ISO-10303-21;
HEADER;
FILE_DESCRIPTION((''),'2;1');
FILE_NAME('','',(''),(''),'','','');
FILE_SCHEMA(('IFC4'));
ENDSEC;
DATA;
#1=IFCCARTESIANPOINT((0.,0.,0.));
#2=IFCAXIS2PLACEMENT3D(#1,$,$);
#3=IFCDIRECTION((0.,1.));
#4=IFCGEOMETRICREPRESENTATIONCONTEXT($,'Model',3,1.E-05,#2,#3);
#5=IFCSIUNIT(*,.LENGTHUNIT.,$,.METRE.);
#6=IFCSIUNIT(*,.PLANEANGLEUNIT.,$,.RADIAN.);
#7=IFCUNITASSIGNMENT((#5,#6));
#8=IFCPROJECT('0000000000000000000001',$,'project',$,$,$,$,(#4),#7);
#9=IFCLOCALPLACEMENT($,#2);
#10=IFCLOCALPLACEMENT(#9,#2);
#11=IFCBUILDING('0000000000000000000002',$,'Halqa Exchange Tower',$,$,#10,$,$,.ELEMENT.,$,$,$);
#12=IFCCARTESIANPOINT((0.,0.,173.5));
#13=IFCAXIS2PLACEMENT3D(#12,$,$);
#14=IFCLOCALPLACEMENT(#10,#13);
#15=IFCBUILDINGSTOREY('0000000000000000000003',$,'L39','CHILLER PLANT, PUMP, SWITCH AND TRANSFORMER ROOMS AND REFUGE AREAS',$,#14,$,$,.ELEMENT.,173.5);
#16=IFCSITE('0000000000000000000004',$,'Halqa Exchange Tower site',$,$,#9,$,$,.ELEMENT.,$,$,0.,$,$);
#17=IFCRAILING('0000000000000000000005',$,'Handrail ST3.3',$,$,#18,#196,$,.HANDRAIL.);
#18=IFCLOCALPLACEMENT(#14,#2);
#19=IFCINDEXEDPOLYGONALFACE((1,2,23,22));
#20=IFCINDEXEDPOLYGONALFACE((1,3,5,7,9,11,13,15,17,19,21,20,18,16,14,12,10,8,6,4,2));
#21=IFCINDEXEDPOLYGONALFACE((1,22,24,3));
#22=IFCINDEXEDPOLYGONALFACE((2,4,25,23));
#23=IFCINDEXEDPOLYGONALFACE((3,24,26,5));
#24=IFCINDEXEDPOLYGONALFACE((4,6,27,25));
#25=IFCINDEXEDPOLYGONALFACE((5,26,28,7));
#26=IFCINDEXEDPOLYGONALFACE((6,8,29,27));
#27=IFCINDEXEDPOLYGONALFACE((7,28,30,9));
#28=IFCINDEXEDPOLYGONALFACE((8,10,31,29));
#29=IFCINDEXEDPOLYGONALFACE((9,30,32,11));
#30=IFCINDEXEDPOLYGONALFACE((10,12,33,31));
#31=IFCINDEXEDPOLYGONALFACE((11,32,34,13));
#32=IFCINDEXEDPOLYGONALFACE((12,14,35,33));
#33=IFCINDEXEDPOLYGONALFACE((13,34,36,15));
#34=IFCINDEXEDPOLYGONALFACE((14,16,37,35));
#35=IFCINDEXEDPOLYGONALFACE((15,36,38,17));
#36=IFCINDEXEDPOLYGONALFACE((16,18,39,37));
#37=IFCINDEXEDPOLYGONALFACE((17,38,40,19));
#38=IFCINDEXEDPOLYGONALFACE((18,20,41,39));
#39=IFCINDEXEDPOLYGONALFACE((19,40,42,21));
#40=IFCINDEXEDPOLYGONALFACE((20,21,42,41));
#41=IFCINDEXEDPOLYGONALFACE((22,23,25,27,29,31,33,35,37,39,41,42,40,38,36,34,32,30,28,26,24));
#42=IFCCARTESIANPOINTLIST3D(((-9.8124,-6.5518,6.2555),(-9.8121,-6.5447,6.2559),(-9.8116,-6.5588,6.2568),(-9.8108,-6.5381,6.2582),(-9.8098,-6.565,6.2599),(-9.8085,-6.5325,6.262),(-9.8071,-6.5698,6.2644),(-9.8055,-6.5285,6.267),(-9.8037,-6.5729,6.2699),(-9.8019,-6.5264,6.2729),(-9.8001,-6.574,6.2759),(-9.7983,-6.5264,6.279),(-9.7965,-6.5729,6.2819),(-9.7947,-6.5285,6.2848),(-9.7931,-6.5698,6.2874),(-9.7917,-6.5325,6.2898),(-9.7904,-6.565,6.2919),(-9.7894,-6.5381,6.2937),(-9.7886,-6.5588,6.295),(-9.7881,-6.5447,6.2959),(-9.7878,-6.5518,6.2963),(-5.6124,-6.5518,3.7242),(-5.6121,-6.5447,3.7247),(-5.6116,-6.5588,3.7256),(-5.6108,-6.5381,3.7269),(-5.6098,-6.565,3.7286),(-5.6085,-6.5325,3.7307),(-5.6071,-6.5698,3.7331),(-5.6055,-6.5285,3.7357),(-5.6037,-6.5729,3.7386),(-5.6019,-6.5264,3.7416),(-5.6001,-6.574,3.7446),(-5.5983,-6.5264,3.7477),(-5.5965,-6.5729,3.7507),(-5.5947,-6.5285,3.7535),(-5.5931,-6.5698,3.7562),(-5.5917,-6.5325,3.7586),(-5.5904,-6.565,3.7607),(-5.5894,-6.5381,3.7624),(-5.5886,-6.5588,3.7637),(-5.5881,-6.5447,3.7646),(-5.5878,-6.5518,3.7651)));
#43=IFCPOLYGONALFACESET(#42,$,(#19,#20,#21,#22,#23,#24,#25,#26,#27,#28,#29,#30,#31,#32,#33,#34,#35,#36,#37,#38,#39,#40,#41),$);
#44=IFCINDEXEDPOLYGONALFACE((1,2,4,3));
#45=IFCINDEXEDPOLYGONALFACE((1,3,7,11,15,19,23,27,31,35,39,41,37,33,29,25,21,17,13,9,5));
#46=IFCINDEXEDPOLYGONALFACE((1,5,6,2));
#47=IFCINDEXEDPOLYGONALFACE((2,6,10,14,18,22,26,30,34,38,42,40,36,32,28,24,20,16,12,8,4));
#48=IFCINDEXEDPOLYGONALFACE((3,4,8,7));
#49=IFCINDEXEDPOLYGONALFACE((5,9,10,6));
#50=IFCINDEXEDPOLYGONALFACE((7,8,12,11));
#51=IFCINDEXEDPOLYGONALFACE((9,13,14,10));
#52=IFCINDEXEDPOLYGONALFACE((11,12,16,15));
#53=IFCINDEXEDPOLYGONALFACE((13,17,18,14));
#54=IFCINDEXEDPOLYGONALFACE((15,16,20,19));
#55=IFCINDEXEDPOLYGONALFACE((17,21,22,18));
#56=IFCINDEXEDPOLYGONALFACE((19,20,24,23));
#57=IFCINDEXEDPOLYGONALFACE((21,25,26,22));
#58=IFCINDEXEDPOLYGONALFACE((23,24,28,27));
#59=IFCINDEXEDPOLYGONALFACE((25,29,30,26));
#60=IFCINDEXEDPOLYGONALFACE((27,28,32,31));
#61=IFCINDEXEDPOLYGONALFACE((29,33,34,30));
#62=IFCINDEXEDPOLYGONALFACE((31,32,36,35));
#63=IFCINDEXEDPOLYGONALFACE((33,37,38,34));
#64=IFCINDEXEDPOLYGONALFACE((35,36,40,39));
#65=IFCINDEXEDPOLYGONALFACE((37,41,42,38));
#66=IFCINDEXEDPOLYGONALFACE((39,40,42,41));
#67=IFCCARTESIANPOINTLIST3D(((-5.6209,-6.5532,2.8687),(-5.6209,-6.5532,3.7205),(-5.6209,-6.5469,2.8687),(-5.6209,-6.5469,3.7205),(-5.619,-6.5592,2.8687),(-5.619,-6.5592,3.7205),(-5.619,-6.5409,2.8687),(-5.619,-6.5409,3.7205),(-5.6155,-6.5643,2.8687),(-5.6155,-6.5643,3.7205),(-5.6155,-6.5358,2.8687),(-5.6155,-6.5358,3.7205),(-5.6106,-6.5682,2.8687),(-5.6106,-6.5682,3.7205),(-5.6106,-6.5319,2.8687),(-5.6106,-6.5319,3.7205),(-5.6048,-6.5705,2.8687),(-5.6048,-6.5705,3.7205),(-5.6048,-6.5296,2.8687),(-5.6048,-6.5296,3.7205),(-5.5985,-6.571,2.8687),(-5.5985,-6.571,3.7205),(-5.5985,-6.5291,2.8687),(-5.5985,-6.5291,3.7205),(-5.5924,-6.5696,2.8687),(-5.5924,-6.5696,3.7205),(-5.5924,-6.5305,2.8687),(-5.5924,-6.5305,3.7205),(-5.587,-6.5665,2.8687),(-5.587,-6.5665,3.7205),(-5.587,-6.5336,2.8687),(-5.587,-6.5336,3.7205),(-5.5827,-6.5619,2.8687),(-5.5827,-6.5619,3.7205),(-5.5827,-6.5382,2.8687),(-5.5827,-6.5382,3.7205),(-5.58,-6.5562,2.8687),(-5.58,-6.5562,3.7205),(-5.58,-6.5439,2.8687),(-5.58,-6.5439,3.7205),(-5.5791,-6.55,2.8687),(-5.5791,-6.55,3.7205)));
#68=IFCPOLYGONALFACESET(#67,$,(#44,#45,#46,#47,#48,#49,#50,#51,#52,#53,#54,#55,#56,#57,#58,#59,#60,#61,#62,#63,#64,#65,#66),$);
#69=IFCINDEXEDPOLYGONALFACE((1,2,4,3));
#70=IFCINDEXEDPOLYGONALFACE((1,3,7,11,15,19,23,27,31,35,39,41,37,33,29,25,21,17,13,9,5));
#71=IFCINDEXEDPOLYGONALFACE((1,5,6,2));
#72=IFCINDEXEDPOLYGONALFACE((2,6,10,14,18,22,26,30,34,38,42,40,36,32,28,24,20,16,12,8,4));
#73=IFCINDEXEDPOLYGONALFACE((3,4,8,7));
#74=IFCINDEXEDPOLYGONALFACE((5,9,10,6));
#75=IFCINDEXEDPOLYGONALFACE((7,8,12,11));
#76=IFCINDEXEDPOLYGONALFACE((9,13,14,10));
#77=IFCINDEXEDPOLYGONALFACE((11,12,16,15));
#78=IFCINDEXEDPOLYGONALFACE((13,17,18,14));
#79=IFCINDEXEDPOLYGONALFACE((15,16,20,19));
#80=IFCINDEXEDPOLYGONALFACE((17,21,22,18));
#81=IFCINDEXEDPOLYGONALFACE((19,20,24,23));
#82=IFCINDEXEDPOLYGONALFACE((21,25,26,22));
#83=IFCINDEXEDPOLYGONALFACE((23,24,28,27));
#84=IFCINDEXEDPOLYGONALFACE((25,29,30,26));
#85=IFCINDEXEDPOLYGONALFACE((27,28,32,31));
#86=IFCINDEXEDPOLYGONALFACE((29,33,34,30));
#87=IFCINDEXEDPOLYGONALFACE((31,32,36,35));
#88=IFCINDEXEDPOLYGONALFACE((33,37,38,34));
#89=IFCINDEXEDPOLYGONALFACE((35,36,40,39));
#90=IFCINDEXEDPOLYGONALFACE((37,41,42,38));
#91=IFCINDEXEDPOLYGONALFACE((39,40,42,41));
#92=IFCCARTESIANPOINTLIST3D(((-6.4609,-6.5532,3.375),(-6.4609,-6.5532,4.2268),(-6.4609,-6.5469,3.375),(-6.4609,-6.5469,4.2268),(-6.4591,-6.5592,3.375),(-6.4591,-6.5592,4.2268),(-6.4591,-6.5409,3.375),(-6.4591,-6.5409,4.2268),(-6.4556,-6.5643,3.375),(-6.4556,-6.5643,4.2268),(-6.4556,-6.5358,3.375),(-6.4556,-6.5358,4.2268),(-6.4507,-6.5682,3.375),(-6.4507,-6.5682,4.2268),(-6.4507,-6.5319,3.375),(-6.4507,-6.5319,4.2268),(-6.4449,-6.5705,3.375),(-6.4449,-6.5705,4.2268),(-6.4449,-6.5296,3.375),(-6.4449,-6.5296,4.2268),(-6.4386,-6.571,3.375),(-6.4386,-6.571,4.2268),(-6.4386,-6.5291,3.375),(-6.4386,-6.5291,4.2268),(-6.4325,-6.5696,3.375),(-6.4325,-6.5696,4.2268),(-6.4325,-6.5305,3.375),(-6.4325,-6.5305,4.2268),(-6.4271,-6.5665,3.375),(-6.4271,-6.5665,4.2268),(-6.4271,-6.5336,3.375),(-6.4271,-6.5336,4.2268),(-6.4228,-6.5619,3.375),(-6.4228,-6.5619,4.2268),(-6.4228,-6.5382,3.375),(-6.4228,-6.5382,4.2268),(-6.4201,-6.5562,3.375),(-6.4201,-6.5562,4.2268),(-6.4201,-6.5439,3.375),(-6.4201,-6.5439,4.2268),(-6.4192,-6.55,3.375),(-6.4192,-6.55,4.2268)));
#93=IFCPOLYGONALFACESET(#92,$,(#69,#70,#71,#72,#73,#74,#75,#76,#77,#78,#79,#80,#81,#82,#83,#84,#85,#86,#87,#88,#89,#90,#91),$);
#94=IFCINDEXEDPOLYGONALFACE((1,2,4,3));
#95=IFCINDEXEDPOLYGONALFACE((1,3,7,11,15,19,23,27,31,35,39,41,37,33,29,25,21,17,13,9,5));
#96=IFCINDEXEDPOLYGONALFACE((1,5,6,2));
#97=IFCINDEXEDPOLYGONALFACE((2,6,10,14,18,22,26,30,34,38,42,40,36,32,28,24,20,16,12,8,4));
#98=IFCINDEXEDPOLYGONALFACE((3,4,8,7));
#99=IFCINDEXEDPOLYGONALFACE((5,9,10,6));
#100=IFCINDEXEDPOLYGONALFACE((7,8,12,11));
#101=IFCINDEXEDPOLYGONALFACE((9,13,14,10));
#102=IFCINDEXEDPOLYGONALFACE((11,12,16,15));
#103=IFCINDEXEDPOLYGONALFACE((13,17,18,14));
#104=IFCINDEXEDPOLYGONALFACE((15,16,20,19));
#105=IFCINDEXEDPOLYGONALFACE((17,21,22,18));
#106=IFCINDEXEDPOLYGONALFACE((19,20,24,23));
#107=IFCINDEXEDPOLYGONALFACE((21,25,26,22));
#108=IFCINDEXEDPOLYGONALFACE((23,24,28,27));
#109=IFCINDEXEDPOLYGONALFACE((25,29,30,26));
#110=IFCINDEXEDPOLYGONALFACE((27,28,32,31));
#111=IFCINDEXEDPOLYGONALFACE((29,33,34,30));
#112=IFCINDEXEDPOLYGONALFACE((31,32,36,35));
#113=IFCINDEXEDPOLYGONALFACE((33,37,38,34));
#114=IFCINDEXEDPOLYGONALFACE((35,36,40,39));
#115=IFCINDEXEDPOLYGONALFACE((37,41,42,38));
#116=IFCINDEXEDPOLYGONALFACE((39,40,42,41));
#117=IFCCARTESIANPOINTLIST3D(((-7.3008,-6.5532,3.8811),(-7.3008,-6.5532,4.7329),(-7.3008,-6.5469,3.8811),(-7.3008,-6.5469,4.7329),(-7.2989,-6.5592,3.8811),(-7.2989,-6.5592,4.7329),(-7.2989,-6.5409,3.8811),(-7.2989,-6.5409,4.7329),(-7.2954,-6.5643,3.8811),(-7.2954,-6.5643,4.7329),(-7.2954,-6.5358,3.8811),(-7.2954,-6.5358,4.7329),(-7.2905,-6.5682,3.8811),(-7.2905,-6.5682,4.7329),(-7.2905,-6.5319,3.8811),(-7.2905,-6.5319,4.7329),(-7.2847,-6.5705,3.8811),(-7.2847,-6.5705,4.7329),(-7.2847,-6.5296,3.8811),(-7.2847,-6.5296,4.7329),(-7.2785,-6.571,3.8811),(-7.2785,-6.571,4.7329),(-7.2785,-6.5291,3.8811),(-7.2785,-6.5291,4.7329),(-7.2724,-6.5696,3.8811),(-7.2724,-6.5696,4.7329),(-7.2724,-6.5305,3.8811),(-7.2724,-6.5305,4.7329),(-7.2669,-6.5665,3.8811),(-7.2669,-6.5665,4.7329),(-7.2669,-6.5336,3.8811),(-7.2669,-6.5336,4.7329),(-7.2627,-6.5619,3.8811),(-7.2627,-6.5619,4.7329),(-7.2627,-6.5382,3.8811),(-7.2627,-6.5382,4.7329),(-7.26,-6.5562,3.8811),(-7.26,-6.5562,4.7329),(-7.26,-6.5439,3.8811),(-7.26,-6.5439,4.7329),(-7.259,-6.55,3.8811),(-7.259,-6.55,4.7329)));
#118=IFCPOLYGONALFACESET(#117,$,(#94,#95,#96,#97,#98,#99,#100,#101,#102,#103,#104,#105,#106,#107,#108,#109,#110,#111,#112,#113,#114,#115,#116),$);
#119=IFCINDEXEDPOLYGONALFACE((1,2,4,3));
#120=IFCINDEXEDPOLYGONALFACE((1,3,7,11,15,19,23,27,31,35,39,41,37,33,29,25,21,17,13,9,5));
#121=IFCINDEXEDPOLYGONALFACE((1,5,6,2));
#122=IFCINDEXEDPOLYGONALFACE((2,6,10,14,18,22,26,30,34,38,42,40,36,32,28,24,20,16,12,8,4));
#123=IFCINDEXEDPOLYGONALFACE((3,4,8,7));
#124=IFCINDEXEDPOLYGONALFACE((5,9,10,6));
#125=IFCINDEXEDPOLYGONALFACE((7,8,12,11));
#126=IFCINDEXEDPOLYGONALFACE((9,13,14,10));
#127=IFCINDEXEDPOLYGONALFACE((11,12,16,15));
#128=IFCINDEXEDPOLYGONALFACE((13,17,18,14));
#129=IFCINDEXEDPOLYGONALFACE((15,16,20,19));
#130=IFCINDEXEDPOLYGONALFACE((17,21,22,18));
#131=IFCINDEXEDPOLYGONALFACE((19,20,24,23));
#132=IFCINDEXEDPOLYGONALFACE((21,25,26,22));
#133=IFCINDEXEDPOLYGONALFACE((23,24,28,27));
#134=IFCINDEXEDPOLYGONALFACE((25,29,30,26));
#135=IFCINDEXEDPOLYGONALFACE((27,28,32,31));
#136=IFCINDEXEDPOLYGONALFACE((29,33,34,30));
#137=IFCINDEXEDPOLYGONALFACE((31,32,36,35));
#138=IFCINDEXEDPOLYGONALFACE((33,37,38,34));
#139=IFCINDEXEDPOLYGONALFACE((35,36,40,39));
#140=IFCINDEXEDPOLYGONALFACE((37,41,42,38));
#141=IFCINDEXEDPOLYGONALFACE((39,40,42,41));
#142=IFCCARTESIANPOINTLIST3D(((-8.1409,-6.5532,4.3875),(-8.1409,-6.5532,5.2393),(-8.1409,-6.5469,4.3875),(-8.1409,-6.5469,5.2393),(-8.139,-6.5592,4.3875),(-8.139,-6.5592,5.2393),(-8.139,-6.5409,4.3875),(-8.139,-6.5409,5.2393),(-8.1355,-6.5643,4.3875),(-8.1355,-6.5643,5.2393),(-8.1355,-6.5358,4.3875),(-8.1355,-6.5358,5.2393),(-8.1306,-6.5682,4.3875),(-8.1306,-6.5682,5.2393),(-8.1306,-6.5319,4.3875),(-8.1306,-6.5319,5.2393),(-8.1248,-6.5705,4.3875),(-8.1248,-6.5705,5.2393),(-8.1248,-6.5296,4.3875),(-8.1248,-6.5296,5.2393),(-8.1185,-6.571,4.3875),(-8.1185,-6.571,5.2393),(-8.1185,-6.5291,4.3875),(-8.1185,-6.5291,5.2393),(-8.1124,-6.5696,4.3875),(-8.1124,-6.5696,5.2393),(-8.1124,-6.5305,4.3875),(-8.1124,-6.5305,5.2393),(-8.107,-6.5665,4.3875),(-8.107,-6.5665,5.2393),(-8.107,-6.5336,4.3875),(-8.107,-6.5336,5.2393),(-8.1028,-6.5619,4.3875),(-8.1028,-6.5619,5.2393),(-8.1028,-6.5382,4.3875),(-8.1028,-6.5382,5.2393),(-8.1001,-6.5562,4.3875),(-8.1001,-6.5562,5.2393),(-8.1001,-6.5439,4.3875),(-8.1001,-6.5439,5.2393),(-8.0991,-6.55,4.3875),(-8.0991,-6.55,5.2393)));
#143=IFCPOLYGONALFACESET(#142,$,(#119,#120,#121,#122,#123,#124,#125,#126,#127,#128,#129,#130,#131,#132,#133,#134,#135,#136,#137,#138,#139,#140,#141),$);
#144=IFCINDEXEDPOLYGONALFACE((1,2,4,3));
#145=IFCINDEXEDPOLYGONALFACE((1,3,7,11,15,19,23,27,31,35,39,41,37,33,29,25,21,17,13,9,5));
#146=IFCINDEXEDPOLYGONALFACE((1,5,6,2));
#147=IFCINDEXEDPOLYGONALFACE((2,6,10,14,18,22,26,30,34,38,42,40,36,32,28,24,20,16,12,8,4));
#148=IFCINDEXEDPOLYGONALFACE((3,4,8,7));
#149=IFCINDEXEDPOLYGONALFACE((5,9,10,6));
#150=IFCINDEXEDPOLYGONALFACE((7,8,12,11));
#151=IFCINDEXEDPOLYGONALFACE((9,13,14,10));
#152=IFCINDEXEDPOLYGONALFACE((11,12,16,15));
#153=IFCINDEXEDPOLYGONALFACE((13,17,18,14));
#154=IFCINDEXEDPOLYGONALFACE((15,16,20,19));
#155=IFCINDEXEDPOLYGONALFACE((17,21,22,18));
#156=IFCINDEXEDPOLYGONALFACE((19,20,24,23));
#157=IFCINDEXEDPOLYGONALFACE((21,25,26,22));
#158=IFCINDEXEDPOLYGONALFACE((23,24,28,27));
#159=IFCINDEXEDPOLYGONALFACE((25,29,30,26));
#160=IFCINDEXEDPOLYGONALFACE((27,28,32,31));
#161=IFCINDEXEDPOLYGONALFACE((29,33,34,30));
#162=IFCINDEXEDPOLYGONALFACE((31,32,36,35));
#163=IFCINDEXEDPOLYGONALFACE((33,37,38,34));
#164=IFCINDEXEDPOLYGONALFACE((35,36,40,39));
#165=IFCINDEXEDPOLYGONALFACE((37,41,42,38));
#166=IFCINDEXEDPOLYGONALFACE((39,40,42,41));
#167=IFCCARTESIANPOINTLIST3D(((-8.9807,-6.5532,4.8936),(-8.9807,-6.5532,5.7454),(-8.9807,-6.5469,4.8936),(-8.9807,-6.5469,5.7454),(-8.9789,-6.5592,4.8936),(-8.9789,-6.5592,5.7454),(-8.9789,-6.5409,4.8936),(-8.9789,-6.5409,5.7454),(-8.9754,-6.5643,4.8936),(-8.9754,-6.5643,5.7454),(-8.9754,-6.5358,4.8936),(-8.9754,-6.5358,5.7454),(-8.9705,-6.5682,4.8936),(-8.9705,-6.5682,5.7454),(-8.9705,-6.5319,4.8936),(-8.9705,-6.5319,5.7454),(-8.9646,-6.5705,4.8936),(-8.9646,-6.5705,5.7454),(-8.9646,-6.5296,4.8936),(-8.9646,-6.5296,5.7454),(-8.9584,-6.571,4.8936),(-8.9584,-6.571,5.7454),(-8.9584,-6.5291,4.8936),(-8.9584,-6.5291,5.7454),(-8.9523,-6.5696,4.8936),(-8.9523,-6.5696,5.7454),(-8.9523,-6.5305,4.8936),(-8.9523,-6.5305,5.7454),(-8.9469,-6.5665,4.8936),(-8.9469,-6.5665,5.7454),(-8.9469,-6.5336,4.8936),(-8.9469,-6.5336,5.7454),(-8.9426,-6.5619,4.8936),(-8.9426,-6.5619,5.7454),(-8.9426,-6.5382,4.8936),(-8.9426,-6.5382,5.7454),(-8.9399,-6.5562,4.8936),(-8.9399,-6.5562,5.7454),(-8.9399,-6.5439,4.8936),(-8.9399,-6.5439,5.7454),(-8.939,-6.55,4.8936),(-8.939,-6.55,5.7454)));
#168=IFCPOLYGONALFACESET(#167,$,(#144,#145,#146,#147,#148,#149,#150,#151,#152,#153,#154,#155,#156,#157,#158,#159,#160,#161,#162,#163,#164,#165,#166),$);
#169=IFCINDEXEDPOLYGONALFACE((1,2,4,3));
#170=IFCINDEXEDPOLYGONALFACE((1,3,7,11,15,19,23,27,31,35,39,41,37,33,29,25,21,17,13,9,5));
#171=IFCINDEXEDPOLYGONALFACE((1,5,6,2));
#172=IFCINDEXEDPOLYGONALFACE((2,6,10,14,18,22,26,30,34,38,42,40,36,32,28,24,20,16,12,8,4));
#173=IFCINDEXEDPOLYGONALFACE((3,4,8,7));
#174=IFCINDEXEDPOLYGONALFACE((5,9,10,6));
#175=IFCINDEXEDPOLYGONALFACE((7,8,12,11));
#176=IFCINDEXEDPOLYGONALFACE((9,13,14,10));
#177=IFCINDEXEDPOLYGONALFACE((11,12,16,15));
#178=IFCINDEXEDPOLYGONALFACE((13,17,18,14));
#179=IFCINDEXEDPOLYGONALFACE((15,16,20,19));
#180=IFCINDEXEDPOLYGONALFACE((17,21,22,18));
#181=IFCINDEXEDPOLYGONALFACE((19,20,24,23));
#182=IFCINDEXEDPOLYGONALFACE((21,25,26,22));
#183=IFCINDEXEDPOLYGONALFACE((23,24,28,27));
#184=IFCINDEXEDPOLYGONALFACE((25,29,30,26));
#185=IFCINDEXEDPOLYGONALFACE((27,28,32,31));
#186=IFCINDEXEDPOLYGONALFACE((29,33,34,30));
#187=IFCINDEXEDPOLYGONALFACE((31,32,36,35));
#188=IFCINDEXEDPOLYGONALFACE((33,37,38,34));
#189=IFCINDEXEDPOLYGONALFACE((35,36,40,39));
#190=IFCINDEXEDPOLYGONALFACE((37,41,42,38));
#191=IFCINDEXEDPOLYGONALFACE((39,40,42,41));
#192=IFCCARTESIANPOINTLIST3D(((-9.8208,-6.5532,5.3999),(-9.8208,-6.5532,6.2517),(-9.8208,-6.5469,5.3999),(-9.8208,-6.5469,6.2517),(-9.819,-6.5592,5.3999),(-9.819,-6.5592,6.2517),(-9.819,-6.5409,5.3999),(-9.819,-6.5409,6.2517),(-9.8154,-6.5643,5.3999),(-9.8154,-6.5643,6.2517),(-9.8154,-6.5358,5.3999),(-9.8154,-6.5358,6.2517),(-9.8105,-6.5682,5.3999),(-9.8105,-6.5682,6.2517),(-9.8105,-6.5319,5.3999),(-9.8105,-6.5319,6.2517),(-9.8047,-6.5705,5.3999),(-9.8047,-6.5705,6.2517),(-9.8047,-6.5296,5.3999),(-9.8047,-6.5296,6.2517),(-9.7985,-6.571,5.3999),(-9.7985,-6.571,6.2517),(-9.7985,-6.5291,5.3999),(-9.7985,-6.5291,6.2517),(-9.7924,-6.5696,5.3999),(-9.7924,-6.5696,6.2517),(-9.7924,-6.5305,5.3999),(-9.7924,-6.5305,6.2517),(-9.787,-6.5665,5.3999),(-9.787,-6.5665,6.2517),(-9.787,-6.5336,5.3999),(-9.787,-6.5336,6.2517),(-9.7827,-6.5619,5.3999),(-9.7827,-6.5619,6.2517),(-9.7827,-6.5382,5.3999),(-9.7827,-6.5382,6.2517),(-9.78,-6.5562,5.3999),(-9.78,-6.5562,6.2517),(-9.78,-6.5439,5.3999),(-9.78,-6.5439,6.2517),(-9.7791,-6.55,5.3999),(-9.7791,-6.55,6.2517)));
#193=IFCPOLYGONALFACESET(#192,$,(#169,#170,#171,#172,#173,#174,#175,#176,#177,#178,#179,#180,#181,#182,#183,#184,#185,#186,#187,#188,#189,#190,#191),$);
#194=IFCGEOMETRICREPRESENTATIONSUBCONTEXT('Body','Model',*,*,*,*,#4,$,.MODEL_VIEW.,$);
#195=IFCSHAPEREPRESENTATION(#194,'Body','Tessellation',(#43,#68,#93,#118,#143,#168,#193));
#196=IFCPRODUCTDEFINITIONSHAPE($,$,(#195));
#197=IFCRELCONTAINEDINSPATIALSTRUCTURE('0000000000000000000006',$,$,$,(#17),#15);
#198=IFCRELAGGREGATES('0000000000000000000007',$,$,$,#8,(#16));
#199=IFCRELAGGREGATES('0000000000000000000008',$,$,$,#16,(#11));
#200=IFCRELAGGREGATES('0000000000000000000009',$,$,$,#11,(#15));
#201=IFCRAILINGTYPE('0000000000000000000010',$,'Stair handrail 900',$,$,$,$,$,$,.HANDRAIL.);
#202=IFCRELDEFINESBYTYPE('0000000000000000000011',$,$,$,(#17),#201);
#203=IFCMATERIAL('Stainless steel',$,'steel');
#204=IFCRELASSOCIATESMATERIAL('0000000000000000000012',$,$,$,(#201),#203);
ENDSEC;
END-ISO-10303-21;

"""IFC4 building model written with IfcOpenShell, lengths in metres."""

from ifc_helpers import new_model, si_unit, direction, frame, origin, origin_2d, place, context, subcontext, project, spatial, circle, extrude, material, type_object, element, save


model = new_model("IFC4")

# Units and contexts
model_context = context("Model", 3, precision=1e-05, world=origin(), true_north=direction((0.0, 1.0)))
body_context = subcontext(model_context, "Body", "Model", "MODEL_VIEW")
ifc_project = project(units=[si_unit("LENGTHUNIT", "METRE"), si_unit("PLANEANGLEUNIT", "RADIAN")], contexts=[model_context])

# Site, building, storey
site_placement = place(None, origin())
site = spatial("IfcSite", under=ifc_project, at=site_placement, Name="Halqa Exchange Tower site", CompositionType="ELEMENT", RefElevation=0.0)
building_placement = place(site_placement, origin())
building = spatial("IfcBuilding", under=site, at=building_placement, Name="Halqa Exchange Tower", CompositionType="ELEMENT")
storey_placement = place(building_placement, frame((0.0, 0.0, 173.5)))
storey = spatial("IfcBuildingStorey", under=building, at=storey_placement, Name="L39", Description="CHILLER PLANT, PUMP, SWITCH AND TRANSFORMER ROOMS AND REFUGE AREAS", CompositionType="ELEMENT", Elevation=173.5)

# Railing
ifc_material_1 = material(Name="Stainless steel", Category="steel")
railing_type_1 = type_object("IfcRailingType", Name="Stair handrail 900", PredefinedType="HANDRAIL", material=ifc_material_1)
railing_1_placement = place(storey_placement, frame((-5.6001, -6.55, 2.8687)))
element("IfcRailing", 1, at=railing_1_placement, inside=storey, type_object=railing_type_1, Name="Handrail ST3.3", PredefinedType="HANDRAIL", context=body_context, shape_type="SweptSolid", body=[
    extrude(circle(Radius=0.0239, at=origin_2d()), frame((0.0, 0.0, 0.876), z_axis=(-0.856476, 0.0, 0.516186), x_axis=(0.0, -1.0, 0.0)), (0.0, 0.0, 1.0), 4.9038),
    extrude(circle(Radius=0.021, at=origin_2d()), origin(), (0.0, 0.0, 1.0), 0.8518),
    extrude(circle(Radius=0.021, at=origin_2d()), frame((-0.8401, 0.0, 0.5063)), (0.0, 0.0, 1.0), 0.8518),
    extrude(circle(Radius=0.021, at=origin_2d()), frame((-1.6799, 0.0, 1.0125)), (0.0, 0.0, 1.0), 0.8518),
    extrude(circle(Radius=0.021, at=origin_2d()), frame((-2.52, 0.0, 1.5188)), (0.0, 0.0, 1.0), 0.8518),
    extrude(circle(Radius=0.021, at=origin_2d()), frame((-3.3599, 0.0, 2.0249)), (0.0, 0.0, 1.0), 0.8518),
    extrude(circle(Radius=0.021, at=origin_2d()), frame((-4.2, 0.0, 2.5312)), (0.0, 0.0, 1.0), 0.8518),
])

save(model, "model.ifc")
